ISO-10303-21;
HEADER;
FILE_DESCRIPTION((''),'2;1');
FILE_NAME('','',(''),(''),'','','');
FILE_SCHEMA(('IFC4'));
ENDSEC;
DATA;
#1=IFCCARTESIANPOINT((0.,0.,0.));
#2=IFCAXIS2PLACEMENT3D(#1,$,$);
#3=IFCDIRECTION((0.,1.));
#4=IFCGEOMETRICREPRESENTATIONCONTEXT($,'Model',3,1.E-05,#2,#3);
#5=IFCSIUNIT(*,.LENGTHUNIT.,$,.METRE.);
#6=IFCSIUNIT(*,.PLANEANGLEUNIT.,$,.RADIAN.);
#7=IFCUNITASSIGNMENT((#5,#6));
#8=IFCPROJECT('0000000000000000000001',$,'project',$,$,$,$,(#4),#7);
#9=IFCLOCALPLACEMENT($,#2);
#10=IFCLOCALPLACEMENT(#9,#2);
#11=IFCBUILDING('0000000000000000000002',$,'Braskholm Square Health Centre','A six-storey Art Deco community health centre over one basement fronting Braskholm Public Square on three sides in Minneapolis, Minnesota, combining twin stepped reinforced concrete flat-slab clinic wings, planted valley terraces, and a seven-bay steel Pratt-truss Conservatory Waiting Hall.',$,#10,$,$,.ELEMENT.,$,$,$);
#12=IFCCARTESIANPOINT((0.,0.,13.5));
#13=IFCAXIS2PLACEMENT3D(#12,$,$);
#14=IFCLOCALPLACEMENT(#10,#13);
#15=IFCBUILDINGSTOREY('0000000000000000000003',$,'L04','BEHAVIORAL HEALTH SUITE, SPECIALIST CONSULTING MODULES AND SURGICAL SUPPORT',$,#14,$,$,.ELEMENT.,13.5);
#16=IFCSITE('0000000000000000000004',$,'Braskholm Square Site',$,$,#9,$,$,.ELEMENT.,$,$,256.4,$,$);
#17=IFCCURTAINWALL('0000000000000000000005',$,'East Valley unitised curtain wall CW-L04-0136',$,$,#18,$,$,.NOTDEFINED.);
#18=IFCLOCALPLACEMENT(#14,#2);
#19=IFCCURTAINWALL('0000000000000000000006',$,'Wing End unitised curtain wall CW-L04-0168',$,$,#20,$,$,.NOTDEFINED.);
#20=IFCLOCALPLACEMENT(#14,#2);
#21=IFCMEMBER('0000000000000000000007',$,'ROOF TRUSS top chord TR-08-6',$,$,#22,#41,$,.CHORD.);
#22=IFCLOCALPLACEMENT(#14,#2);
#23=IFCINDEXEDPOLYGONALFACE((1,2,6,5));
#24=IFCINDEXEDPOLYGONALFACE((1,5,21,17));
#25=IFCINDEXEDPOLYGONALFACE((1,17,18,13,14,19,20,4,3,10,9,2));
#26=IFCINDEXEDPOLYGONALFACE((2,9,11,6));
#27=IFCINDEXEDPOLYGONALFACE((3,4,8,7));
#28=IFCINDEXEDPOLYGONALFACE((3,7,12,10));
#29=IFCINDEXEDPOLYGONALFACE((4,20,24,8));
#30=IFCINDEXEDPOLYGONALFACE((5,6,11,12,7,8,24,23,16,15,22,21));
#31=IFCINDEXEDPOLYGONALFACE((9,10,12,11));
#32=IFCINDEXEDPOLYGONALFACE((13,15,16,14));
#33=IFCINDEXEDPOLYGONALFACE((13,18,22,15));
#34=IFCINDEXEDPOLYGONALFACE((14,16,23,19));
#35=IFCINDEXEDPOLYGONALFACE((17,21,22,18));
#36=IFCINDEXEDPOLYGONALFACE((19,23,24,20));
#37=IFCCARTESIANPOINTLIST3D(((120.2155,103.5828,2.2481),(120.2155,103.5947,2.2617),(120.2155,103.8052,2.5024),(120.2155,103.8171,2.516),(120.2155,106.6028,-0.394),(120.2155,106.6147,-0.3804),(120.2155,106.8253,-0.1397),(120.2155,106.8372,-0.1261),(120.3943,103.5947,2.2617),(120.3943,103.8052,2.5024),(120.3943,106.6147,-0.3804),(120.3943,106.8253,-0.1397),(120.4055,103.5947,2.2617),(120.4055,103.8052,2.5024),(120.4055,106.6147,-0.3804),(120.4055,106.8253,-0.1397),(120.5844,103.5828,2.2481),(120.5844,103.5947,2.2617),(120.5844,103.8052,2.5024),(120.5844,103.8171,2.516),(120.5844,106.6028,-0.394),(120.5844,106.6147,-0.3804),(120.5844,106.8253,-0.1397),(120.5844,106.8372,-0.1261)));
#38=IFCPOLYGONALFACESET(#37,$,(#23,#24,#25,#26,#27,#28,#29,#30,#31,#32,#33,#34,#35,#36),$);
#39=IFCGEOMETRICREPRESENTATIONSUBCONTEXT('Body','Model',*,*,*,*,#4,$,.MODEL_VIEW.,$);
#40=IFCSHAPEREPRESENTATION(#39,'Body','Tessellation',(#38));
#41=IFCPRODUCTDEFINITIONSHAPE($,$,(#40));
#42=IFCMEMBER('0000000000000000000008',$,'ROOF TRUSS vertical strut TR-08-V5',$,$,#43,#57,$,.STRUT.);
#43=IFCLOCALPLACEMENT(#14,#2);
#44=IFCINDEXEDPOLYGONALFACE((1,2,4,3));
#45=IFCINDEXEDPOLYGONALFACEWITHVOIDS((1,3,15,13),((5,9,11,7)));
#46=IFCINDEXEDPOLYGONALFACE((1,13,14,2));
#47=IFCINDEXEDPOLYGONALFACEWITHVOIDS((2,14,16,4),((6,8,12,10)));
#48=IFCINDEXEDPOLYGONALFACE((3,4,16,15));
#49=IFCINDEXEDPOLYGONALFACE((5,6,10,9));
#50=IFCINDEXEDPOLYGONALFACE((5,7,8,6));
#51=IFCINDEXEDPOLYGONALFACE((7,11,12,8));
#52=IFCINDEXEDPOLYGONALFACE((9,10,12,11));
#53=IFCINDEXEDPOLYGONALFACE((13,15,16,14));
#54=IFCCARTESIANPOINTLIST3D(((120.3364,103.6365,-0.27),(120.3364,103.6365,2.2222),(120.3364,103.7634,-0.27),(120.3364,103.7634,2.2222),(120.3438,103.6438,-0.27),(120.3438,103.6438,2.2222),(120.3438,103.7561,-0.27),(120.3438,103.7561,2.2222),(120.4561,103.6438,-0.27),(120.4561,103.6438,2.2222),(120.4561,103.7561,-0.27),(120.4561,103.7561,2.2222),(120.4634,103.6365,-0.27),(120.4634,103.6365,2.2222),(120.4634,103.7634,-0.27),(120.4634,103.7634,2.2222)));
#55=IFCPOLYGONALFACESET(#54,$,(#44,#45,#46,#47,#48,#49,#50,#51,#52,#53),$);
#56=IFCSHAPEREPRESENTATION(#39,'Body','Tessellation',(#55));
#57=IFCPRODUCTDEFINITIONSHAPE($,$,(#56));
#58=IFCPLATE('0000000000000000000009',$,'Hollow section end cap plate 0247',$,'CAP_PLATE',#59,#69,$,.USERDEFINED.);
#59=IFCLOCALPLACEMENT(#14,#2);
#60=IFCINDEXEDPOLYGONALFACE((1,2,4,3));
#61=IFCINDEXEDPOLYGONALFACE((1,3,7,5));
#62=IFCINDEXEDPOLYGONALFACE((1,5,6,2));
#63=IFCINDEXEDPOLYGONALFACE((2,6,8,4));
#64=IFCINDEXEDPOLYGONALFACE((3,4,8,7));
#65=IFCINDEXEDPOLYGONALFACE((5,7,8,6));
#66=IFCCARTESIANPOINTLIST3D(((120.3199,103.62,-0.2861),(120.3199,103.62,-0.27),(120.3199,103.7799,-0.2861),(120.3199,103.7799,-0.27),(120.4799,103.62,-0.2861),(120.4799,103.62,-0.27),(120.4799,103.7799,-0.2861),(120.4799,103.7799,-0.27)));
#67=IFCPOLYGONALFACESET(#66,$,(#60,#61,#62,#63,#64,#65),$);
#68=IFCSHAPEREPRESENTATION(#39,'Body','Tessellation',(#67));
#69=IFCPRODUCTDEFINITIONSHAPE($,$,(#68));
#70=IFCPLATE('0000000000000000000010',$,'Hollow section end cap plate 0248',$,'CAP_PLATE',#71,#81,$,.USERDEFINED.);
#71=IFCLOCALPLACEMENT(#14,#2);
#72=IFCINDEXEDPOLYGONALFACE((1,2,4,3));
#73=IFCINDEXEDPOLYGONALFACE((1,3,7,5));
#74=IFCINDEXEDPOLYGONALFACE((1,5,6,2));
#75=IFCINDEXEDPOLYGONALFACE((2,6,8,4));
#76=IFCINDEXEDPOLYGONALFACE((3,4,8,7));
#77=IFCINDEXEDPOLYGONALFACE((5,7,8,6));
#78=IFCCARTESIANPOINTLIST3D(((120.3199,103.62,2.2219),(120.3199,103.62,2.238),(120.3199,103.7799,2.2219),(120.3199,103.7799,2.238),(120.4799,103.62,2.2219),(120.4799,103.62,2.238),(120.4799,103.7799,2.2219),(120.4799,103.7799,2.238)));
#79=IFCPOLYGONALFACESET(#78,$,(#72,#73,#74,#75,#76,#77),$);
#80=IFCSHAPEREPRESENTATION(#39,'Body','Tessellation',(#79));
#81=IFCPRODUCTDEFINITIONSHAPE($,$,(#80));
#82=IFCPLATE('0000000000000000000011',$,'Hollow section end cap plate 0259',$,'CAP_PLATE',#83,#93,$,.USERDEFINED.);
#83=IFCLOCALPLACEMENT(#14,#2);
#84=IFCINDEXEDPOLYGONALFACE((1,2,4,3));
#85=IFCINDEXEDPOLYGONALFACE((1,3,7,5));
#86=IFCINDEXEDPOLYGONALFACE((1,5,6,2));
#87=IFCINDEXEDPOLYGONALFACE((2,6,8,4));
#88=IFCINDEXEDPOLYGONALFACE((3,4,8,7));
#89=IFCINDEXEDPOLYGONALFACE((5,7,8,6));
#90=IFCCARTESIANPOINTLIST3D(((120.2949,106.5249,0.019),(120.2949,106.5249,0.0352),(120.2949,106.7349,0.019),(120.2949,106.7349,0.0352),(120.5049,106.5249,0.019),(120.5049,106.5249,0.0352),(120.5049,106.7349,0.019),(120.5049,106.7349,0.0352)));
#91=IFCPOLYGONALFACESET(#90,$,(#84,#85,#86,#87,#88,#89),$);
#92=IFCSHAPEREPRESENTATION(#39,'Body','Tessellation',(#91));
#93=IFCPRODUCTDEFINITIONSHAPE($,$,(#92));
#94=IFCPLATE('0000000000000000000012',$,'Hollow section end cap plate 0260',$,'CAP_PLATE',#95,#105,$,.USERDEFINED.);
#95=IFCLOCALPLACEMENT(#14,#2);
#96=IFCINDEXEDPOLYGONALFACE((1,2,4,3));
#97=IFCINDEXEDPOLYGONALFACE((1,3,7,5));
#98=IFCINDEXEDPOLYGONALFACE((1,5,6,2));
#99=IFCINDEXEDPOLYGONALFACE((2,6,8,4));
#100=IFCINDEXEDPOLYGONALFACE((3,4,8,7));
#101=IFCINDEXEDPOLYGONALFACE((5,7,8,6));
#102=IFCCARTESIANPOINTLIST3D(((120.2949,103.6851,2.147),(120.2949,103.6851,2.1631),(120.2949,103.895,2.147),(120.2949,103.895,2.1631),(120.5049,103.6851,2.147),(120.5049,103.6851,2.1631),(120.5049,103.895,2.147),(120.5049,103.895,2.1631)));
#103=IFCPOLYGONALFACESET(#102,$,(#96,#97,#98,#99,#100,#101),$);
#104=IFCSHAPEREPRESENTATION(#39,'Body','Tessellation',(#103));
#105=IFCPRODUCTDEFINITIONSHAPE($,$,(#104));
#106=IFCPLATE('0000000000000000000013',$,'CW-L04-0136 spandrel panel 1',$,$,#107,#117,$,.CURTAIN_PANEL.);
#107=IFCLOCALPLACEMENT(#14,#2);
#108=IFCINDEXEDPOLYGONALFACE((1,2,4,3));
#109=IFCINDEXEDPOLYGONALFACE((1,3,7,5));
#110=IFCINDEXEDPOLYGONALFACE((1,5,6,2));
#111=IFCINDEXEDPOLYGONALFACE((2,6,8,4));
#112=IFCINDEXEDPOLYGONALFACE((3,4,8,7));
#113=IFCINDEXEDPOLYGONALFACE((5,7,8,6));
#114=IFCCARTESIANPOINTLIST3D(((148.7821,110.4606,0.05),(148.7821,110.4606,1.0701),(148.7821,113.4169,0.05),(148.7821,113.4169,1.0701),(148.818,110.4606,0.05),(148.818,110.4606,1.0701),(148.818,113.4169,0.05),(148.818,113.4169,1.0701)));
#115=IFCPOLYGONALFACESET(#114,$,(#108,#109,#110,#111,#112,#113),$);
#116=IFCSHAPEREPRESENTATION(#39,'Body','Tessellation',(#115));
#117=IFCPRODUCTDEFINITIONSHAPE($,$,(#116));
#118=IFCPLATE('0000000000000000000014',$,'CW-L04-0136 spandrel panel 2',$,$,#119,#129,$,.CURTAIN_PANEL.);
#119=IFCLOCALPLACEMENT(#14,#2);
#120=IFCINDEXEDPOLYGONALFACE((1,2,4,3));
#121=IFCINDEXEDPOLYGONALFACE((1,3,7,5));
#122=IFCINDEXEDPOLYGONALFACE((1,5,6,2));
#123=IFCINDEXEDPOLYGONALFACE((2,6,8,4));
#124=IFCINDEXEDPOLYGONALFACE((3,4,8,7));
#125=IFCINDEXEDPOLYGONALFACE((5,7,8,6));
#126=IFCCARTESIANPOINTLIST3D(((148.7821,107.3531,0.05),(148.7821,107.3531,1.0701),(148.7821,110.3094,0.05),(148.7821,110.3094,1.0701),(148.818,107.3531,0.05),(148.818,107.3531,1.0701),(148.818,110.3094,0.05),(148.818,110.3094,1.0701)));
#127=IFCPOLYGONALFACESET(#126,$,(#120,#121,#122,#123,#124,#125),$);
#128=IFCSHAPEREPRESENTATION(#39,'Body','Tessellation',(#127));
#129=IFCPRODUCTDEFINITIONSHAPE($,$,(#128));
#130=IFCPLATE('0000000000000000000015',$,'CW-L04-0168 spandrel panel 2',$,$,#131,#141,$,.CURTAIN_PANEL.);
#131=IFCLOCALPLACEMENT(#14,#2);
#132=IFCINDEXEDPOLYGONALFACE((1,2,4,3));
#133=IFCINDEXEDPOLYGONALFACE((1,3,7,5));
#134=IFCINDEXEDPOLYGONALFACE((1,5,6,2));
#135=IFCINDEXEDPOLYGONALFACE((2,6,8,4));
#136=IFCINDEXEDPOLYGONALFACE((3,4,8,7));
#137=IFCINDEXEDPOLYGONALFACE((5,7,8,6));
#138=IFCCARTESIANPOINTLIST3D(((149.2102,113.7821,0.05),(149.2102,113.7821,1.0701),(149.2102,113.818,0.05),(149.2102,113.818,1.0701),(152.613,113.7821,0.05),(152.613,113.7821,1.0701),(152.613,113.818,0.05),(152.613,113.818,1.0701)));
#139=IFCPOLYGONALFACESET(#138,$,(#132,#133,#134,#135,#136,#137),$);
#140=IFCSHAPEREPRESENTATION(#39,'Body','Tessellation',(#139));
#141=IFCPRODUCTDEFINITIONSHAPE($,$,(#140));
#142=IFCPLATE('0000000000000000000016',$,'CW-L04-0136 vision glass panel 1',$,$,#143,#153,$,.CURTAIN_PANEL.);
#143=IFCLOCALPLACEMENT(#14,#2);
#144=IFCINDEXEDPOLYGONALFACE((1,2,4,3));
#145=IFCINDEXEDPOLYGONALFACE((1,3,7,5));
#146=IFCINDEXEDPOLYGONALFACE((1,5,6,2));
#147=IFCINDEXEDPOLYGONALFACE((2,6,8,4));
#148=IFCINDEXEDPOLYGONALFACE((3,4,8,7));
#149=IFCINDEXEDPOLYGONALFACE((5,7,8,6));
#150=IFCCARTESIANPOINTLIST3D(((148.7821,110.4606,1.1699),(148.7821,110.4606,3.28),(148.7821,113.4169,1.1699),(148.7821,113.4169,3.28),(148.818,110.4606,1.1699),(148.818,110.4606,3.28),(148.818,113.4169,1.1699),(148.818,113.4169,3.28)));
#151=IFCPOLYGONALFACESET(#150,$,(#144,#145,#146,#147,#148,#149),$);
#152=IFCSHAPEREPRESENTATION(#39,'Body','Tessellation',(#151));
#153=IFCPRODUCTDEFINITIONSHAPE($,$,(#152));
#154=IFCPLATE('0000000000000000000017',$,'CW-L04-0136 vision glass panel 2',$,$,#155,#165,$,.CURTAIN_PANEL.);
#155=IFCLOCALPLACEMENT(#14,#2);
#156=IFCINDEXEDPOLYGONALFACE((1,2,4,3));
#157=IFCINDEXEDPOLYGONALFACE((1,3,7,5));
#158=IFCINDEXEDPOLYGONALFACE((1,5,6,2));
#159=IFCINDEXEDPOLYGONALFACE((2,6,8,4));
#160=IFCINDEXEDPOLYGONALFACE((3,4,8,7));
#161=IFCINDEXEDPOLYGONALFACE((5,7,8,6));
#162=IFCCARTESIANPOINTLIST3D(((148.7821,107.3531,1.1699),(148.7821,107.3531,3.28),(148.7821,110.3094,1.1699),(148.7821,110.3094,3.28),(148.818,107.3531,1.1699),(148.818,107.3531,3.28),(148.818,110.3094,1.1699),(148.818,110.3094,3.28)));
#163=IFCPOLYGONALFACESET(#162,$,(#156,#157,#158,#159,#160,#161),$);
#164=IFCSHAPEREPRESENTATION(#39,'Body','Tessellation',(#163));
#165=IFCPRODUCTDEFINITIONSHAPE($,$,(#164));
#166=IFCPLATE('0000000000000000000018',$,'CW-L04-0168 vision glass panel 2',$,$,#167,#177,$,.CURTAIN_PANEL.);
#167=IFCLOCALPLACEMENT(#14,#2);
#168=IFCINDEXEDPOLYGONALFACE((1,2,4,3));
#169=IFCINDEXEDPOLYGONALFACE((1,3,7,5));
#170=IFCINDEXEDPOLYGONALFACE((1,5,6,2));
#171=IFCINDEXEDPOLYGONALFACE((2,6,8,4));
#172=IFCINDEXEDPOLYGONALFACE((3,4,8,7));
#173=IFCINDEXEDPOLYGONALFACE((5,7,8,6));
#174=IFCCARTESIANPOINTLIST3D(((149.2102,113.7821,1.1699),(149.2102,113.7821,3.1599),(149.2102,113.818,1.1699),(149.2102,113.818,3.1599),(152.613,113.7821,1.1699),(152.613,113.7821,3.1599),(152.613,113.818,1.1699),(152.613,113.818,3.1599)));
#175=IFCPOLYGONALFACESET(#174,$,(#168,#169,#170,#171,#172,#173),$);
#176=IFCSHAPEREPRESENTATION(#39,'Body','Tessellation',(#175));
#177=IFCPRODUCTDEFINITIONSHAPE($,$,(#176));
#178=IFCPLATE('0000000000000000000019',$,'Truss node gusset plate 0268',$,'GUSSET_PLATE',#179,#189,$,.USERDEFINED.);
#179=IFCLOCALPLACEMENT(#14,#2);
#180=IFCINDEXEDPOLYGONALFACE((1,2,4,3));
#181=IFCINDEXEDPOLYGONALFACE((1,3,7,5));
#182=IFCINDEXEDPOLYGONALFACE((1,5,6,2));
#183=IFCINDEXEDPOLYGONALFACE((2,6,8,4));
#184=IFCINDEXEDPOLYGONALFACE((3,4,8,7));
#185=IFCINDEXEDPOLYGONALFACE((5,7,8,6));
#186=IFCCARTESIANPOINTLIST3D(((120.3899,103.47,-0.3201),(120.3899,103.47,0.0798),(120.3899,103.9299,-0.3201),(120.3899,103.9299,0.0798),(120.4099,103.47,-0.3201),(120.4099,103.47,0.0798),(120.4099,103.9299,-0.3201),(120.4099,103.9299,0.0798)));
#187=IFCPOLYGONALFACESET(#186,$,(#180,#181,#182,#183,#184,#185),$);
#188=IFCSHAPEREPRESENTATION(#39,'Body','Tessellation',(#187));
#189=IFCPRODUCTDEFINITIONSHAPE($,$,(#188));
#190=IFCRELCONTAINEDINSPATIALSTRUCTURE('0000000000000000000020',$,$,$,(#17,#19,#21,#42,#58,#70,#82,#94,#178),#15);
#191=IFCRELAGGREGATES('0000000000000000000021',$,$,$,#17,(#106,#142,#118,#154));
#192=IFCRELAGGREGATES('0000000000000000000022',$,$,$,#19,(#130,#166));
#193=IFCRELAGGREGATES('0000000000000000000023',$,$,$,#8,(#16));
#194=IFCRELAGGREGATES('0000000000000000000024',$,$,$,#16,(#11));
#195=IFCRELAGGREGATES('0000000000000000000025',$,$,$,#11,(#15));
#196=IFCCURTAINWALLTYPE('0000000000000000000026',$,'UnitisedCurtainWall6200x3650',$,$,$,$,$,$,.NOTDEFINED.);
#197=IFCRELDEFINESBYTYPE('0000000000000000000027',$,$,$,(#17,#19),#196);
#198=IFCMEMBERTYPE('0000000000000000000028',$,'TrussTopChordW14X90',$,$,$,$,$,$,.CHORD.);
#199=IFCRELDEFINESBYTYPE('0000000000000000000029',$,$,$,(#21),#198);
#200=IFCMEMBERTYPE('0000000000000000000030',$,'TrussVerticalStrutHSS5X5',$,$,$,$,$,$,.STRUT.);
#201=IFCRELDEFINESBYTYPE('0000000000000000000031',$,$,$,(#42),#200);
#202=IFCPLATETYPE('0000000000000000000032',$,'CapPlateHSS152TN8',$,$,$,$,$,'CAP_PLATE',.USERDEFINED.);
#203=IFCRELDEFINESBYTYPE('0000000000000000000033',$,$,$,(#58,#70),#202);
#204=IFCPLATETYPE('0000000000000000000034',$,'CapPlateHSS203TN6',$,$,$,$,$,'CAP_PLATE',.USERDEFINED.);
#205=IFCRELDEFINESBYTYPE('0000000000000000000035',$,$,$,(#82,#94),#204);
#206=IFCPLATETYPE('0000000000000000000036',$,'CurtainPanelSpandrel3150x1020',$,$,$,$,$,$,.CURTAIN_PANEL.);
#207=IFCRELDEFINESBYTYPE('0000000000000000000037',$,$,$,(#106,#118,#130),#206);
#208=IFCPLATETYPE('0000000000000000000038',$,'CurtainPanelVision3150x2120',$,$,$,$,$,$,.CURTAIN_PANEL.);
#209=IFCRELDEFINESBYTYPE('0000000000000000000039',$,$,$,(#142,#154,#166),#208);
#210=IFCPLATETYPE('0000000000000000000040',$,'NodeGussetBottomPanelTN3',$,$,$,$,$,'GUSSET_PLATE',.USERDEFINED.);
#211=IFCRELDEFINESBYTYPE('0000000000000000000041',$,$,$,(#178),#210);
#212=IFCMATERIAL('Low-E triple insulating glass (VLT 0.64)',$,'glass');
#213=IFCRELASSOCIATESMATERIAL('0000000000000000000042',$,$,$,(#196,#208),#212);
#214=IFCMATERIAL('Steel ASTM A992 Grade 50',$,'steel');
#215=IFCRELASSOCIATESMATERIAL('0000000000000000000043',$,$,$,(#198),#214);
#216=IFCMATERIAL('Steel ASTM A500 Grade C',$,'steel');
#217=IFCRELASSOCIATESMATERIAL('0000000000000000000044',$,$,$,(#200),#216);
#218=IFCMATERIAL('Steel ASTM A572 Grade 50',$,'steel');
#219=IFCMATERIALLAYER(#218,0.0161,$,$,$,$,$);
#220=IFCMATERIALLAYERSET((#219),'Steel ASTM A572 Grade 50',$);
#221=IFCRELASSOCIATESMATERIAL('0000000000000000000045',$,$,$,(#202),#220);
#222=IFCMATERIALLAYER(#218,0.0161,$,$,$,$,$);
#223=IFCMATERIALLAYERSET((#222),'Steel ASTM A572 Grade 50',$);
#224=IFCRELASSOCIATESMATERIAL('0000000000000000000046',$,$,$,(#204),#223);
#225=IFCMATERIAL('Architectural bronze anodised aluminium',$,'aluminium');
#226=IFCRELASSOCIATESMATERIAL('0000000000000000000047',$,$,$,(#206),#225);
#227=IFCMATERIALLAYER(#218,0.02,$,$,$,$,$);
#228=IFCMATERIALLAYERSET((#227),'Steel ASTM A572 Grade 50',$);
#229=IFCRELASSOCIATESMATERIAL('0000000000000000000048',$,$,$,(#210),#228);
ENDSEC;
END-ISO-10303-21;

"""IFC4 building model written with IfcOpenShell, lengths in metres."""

from ifc_helpers import new_model, si_unit, direction, frame, origin, origin_2d, place, context, subcontext, project, spatial, rectangle, hollow_rectangle, i_section, extrude, material, layer, layer_set, material_profile, profile_set, type_object, element, aggregate, save


model = new_model("IFC4")

# Units and contexts
model_context = context("Model", 3, precision=1e-05, world=origin(), true_north=direction((0.0, 1.0)))
body_context = subcontext(model_context, "Body", "Model", "MODEL_VIEW")
ifc_project = project(units=[si_unit("LENGTHUNIT", "METRE"), si_unit("PLANEANGLEUNIT", "RADIAN")], contexts=[model_context])

# Site, building, storey
site_placement = place(None, origin())
site = spatial("IfcSite", under=ifc_project, at=site_placement, Name="Braskholm Square Site", CompositionType="ELEMENT", RefElevation=256.4)
building_placement = place(site_placement, origin())
building = spatial("IfcBuilding", under=site, at=building_placement, Name="Braskholm Square Health Centre", Description="A six-storey Art Deco community health centre over one basement fronting Braskholm Public Square on three sides in Minneapolis, Minnesota, combining twin stepped reinforced concrete flat-slab clinic wings, planted valley terraces, and a seven-bay steel Pratt-truss Conservatory Waiting Hall.", CompositionType="ELEMENT")
storey_placement = place(building_placement, frame((0.0, 0.0, 13.5)))
storey = spatial("IfcBuildingStorey", under=building, at=storey_placement, Name="L04", Description="BEHAVIORAL HEALTH SUITE, SPECIALIST CONSULTING MODULES AND SURGICAL SUPPORT", CompositionType="ELEMENT", Elevation=13.5)

# Curtain wall
ifc_material_1 = material(Name="Low-E triple insulating glass (VLT 0.64)", Category="glass")
curtain_wall_type = type_object("IfcCurtainWallType", Name="UnitisedCurtainWall6200x3650", PredefinedType="NOTDEFINED", material=ifc_material_1)
curtain_wall_1_placement = place(storey_placement, origin())
curtain_wall_1 = element("IfcCurtainWall", 1, at=curtain_wall_1_placement, inside=storey, type_object=curtain_wall_type, Name="East Valley unitised curtain wall CW-L04-0136", PredefinedType="NOTDEFINED")
ifc_material_2 = material(Name="Architectural bronze anodised aluminium", Category="aluminium")

# Curtain wall
curtain_wall_2_placement = place(storey_placement, origin())
curtain_wall_2 = element("IfcCurtainWall", 2, at=curtain_wall_2_placement, inside=storey, type_object=curtain_wall_type, Name="Wing End unitised curtain wall CW-L04-0168", PredefinedType="NOTDEFINED")

# Members
ifc_material_3 = material(Name="Steel ASTM A500 Grade C", Category="steel")
ifc_material_4 = material(Name="Steel ASTM A992 Grade 50", Category="steel")
ifc_material_profile_1 = material_profile(ifc_material_4, i_section(OverallWidth=0.3689, OverallDepth=0.356, WebThickness=0.0112, FlangeThickness=0.0181, at=origin_2d()), Name="W14X90")
ifc_profile_set_1 = profile_set([ifc_material_profile_1], Name="Steel ASTM A992 Grade 50")
member_type_1 = type_object("IfcMemberType", Name="TrussTopChordW14X90", PredefinedType="CHORD", material=ifc_profile_set_1)
member_1_placement = place(storey_placement, frame((120.3999, 103.7, 2.3821), z_axis=(0.0, 0.752629, -0.658444), x_axis=(-1.0, 0.0, 0.0)))
element("IfcMember", 3, at=member_1_placement, inside=storey, type_object=member_type_1, Name="ROOF TRUSS top chord TR-08-6", PredefinedType="CHORD", context=body_context, shape_type="SweptSolid", body=[
    extrude(i_section(OverallWidth=0.3689, OverallDepth=0.356, WebThickness=0.0112, FlangeThickness=0.0181, at=origin_2d()), origin(), (0.0, 0.0, 1.0), 4.0127),
])
ifc_material_profile_2 = material_profile(ifc_material_3, hollow_rectangle(XDim=0.127, YDim=0.127, WallThickness=0.0073, at=origin_2d()), Name="HSS5X5X5/16")
ifc_profile_set_2 = profile_set([ifc_material_profile_2], Name="Steel ASTM A500 Grade C")
member_type_2 = type_object("IfcMemberType", Name="TrussVerticalStrutHSS5X5", PredefinedType="STRUT", material=ifc_profile_set_2)
member_2_placement = place(storey_placement, frame((120.3999, 103.7, -0.27), z_axis=(0.0, 0.0, 1.0), x_axis=(1.0, 0.0, 0.0)))
element("IfcMember", 4, at=member_2_placement, inside=storey, type_object=member_type_2, Name="ROOF TRUSS vertical strut TR-08-V5", PredefinedType="STRUT", context=body_context, shape_type="SweptSolid", body=[
    extrude(hollow_rectangle(XDim=0.127, YDim=0.127, WallThickness=0.0073, at=origin_2d()), origin(), (0.0, 0.0, 1.0), 2.4922),
])

# Plates
ifc_material_5 = material(Name="Steel ASTM A572 Grade 50", Category="steel")
ifc_layer_1 = layer(ifc_material_5, 0.0161)
ifc_layer_set_1 = layer_set([ifc_layer_1], Name="Steel ASTM A572 Grade 50")
plate_type_1 = type_object("IfcPlateType", Name="CapPlateHSS152TN8", ElementType="CAP_PLATE", PredefinedType="USERDEFINED", material=ifc_layer_set_1)
for number, where, z_axis, x_axis, name in (
    (5, (120.3999, 103.7, -0.2861), (0.0, 0.0, 1.0), (1.0, 0.0, 0.0), "Hollow section end cap plate 0247"),
    (6, (120.3999, 103.7, 2.2219), (0.0, 0.0, 1.0), (1.0, 0.0, 0.0), "Hollow section end cap plate 0248"),
):
    element("IfcPlate", number, at=place(storey_placement, frame(where, z_axis=z_axis, x_axis=x_axis)), inside=storey, type_object=plate_type_1, Name=name, ObjectType="CAP_PLATE", PredefinedType="USERDEFINED", context=body_context, shape_type="SweptSolid", body=[
        extrude(rectangle(XDim=0.1599, YDim=0.1599, at=origin_2d()), origin(), (0.0, 0.0, 1.0), 0.0161),
    ])
ifc_layer_2 = layer(ifc_material_5, 0.0161)
ifc_layer_set_2 = layer_set([ifc_layer_2], Name="Steel ASTM A572 Grade 50")
plate_type_2 = type_object("IfcPlateType", Name="CapPlateHSS203TN6", ElementType="CAP_PLATE", PredefinedType="USERDEFINED", material=ifc_layer_set_2)
for number, where, z_axis, x_axis, name in (
    (7, (120.3999, 106.6299, 0.019), (0.0, 0.0, 1.0), (1.0, 0.0, 0.0), "Hollow section end cap plate 0259"),
    (8, (120.3999, 103.79, 2.147), (0.0, 0.0, 1.0), (1.0, 0.0, 0.0), "Hollow section end cap plate 0260"),
):
    element("IfcPlate", number, at=place(storey_placement, frame(where, z_axis=z_axis, x_axis=x_axis)), inside=storey, type_object=plate_type_2, Name=name, ObjectType="CAP_PLATE", PredefinedType="USERDEFINED", context=body_context, shape_type="SweptSolid", body=[
        extrude(rectangle(XDim=0.21, YDim=0.21, at=origin_2d()), origin(), (0.0, 0.0, 1.0), 0.0161),
    ])

# Plates
plate_type_3 = type_object("IfcPlateType", Name="CurtainPanelSpandrel3150x1020", PredefinedType="CURTAIN_PANEL", material=ifc_material_2)
plate_1_placement = place(storey_placement, frame((148.8, 111.9387, 0.05), z_axis=(0.0, 0.0, 1.0), x_axis=(0.0, -1.0, 0.0)))
plate_1 = element("IfcPlate", 9, at=plate_1_placement, type_object=plate_type_3, Name="CW-L04-0136 spandrel panel 1", PredefinedType="CURTAIN_PANEL", context=body_context, shape_type="SweptSolid", body=[
    extrude(rectangle(XDim=2.9563, YDim=0.0359, at=origin_2d()), origin(), (0.0, 0.0, 1.0), 1.02),
])
plate_2_placement = place(storey_placement, frame((148.8, 108.8313, 0.05), z_axis=(0.0, 0.0, 1.0), x_axis=(0.0, -1.0, 0.0)))
plate_2 = element("IfcPlate", 10, at=plate_2_placement, type_object=plate_type_3, Name="CW-L04-0136 spandrel panel 2", PredefinedType="CURTAIN_PANEL", context=body_context, shape_type="SweptSolid", body=[
    extrude(rectangle(XDim=2.9563, YDim=0.0359, at=origin_2d()), origin(), (0.0, 0.0, 1.0), 1.02),
])
plate_3_placement = place(storey_placement, frame((150.9116, 113.8, 0.05), z_axis=(0.0, 0.0, 1.0), x_axis=(-1.0, 0.0, 0.0)))
plate_3 = element("IfcPlate", 11, at=plate_3_placement, type_object=plate_type_3, Name="CW-L04-0168 spandrel panel 2", PredefinedType="CURTAIN_PANEL", context=body_context, shape_type="SweptSolid", body=[
    extrude(rectangle(XDim=3.4028, YDim=0.0359, at=origin_2d()), origin(), (0.0, 0.0, 1.0), 1.02),
])
plate_type_4 = type_object("IfcPlateType", Name="CurtainPanelVision3150x2120", PredefinedType="CURTAIN_PANEL", material=ifc_material_1)
plate_4_placement = place(storey_placement, frame((148.8, 111.9387, 1.1699), z_axis=(0.0, 0.0, 1.0), x_axis=(0.0, -1.0, 0.0)))
plate_4 = element("IfcPlate", 12, at=plate_4_placement, type_object=plate_type_4, Name="CW-L04-0136 vision glass panel 1", PredefinedType="CURTAIN_PANEL", context=body_context, shape_type="SweptSolid", body=[
    extrude(rectangle(XDim=2.9563, YDim=0.0359, at=origin_2d()), origin(), (0.0, 0.0, 1.0), 2.1101),
])
plate_5_placement = place(storey_placement, frame((148.8, 108.8313, 1.1699), z_axis=(0.0, 0.0, 1.0), x_axis=(0.0, -1.0, 0.0)))
plate_5 = element("IfcPlate", 13, at=plate_5_placement, type_object=plate_type_4, Name="CW-L04-0136 vision glass panel 2", PredefinedType="CURTAIN_PANEL", context=body_context, shape_type="SweptSolid", body=[
    extrude(rectangle(XDim=2.9563, YDim=0.0359, at=origin_2d()), origin(), (0.0, 0.0, 1.0), 2.1101),
])
aggregate(curtain_wall_1, [plate_1, plate_4, plate_2, plate_5])
plate_6_placement = place(storey_placement, frame((150.9116, 113.8, 1.1699), z_axis=(0.0, 0.0, 1.0), x_axis=(-1.0, 0.0, 0.0)))
plate_6 = element("IfcPlate", 14, at=plate_6_placement, type_object=plate_type_4, Name="CW-L04-0168 vision glass panel 2", PredefinedType="CURTAIN_PANEL", context=body_context, shape_type="SweptSolid", body=[
    extrude(rectangle(XDim=3.4028, YDim=0.0359, at=origin_2d()), origin(), (0.0, 0.0, 1.0), 1.99),
])
aggregate(curtain_wall_2, [plate_3, plate_6])

# Plate
ifc_layer_3 = layer(ifc_material_5, 0.02)
ifc_layer_set_3 = layer_set([ifc_layer_3], Name="Steel ASTM A572 Grade 50")
plate_type_5 = type_object("IfcPlateType", Name="NodeGussetBottomPanelTN3", ElementType="GUSSET_PLATE", PredefinedType="USERDEFINED", material=ifc_layer_set_3)
plate_7_placement = place(storey_placement, frame((120.3999, 103.7, -0.3201), z_axis=(0.0, 0.0, 1.0), x_axis=(1.0, 0.0, 0.0)))
element("IfcPlate", 15, at=plate_7_placement, inside=storey, type_object=plate_type_5, Name="Truss node gusset plate 0268", ObjectType="GUSSET_PLATE", PredefinedType="USERDEFINED", context=body_context, shape_type="SweptSolid", body=[
    extrude(rectangle(XDim=0.02, YDim=0.46, at=origin_2d()), origin(), (0.0, 0.0, 1.0), 0.3999),
])

save(model, "model.ifc")
